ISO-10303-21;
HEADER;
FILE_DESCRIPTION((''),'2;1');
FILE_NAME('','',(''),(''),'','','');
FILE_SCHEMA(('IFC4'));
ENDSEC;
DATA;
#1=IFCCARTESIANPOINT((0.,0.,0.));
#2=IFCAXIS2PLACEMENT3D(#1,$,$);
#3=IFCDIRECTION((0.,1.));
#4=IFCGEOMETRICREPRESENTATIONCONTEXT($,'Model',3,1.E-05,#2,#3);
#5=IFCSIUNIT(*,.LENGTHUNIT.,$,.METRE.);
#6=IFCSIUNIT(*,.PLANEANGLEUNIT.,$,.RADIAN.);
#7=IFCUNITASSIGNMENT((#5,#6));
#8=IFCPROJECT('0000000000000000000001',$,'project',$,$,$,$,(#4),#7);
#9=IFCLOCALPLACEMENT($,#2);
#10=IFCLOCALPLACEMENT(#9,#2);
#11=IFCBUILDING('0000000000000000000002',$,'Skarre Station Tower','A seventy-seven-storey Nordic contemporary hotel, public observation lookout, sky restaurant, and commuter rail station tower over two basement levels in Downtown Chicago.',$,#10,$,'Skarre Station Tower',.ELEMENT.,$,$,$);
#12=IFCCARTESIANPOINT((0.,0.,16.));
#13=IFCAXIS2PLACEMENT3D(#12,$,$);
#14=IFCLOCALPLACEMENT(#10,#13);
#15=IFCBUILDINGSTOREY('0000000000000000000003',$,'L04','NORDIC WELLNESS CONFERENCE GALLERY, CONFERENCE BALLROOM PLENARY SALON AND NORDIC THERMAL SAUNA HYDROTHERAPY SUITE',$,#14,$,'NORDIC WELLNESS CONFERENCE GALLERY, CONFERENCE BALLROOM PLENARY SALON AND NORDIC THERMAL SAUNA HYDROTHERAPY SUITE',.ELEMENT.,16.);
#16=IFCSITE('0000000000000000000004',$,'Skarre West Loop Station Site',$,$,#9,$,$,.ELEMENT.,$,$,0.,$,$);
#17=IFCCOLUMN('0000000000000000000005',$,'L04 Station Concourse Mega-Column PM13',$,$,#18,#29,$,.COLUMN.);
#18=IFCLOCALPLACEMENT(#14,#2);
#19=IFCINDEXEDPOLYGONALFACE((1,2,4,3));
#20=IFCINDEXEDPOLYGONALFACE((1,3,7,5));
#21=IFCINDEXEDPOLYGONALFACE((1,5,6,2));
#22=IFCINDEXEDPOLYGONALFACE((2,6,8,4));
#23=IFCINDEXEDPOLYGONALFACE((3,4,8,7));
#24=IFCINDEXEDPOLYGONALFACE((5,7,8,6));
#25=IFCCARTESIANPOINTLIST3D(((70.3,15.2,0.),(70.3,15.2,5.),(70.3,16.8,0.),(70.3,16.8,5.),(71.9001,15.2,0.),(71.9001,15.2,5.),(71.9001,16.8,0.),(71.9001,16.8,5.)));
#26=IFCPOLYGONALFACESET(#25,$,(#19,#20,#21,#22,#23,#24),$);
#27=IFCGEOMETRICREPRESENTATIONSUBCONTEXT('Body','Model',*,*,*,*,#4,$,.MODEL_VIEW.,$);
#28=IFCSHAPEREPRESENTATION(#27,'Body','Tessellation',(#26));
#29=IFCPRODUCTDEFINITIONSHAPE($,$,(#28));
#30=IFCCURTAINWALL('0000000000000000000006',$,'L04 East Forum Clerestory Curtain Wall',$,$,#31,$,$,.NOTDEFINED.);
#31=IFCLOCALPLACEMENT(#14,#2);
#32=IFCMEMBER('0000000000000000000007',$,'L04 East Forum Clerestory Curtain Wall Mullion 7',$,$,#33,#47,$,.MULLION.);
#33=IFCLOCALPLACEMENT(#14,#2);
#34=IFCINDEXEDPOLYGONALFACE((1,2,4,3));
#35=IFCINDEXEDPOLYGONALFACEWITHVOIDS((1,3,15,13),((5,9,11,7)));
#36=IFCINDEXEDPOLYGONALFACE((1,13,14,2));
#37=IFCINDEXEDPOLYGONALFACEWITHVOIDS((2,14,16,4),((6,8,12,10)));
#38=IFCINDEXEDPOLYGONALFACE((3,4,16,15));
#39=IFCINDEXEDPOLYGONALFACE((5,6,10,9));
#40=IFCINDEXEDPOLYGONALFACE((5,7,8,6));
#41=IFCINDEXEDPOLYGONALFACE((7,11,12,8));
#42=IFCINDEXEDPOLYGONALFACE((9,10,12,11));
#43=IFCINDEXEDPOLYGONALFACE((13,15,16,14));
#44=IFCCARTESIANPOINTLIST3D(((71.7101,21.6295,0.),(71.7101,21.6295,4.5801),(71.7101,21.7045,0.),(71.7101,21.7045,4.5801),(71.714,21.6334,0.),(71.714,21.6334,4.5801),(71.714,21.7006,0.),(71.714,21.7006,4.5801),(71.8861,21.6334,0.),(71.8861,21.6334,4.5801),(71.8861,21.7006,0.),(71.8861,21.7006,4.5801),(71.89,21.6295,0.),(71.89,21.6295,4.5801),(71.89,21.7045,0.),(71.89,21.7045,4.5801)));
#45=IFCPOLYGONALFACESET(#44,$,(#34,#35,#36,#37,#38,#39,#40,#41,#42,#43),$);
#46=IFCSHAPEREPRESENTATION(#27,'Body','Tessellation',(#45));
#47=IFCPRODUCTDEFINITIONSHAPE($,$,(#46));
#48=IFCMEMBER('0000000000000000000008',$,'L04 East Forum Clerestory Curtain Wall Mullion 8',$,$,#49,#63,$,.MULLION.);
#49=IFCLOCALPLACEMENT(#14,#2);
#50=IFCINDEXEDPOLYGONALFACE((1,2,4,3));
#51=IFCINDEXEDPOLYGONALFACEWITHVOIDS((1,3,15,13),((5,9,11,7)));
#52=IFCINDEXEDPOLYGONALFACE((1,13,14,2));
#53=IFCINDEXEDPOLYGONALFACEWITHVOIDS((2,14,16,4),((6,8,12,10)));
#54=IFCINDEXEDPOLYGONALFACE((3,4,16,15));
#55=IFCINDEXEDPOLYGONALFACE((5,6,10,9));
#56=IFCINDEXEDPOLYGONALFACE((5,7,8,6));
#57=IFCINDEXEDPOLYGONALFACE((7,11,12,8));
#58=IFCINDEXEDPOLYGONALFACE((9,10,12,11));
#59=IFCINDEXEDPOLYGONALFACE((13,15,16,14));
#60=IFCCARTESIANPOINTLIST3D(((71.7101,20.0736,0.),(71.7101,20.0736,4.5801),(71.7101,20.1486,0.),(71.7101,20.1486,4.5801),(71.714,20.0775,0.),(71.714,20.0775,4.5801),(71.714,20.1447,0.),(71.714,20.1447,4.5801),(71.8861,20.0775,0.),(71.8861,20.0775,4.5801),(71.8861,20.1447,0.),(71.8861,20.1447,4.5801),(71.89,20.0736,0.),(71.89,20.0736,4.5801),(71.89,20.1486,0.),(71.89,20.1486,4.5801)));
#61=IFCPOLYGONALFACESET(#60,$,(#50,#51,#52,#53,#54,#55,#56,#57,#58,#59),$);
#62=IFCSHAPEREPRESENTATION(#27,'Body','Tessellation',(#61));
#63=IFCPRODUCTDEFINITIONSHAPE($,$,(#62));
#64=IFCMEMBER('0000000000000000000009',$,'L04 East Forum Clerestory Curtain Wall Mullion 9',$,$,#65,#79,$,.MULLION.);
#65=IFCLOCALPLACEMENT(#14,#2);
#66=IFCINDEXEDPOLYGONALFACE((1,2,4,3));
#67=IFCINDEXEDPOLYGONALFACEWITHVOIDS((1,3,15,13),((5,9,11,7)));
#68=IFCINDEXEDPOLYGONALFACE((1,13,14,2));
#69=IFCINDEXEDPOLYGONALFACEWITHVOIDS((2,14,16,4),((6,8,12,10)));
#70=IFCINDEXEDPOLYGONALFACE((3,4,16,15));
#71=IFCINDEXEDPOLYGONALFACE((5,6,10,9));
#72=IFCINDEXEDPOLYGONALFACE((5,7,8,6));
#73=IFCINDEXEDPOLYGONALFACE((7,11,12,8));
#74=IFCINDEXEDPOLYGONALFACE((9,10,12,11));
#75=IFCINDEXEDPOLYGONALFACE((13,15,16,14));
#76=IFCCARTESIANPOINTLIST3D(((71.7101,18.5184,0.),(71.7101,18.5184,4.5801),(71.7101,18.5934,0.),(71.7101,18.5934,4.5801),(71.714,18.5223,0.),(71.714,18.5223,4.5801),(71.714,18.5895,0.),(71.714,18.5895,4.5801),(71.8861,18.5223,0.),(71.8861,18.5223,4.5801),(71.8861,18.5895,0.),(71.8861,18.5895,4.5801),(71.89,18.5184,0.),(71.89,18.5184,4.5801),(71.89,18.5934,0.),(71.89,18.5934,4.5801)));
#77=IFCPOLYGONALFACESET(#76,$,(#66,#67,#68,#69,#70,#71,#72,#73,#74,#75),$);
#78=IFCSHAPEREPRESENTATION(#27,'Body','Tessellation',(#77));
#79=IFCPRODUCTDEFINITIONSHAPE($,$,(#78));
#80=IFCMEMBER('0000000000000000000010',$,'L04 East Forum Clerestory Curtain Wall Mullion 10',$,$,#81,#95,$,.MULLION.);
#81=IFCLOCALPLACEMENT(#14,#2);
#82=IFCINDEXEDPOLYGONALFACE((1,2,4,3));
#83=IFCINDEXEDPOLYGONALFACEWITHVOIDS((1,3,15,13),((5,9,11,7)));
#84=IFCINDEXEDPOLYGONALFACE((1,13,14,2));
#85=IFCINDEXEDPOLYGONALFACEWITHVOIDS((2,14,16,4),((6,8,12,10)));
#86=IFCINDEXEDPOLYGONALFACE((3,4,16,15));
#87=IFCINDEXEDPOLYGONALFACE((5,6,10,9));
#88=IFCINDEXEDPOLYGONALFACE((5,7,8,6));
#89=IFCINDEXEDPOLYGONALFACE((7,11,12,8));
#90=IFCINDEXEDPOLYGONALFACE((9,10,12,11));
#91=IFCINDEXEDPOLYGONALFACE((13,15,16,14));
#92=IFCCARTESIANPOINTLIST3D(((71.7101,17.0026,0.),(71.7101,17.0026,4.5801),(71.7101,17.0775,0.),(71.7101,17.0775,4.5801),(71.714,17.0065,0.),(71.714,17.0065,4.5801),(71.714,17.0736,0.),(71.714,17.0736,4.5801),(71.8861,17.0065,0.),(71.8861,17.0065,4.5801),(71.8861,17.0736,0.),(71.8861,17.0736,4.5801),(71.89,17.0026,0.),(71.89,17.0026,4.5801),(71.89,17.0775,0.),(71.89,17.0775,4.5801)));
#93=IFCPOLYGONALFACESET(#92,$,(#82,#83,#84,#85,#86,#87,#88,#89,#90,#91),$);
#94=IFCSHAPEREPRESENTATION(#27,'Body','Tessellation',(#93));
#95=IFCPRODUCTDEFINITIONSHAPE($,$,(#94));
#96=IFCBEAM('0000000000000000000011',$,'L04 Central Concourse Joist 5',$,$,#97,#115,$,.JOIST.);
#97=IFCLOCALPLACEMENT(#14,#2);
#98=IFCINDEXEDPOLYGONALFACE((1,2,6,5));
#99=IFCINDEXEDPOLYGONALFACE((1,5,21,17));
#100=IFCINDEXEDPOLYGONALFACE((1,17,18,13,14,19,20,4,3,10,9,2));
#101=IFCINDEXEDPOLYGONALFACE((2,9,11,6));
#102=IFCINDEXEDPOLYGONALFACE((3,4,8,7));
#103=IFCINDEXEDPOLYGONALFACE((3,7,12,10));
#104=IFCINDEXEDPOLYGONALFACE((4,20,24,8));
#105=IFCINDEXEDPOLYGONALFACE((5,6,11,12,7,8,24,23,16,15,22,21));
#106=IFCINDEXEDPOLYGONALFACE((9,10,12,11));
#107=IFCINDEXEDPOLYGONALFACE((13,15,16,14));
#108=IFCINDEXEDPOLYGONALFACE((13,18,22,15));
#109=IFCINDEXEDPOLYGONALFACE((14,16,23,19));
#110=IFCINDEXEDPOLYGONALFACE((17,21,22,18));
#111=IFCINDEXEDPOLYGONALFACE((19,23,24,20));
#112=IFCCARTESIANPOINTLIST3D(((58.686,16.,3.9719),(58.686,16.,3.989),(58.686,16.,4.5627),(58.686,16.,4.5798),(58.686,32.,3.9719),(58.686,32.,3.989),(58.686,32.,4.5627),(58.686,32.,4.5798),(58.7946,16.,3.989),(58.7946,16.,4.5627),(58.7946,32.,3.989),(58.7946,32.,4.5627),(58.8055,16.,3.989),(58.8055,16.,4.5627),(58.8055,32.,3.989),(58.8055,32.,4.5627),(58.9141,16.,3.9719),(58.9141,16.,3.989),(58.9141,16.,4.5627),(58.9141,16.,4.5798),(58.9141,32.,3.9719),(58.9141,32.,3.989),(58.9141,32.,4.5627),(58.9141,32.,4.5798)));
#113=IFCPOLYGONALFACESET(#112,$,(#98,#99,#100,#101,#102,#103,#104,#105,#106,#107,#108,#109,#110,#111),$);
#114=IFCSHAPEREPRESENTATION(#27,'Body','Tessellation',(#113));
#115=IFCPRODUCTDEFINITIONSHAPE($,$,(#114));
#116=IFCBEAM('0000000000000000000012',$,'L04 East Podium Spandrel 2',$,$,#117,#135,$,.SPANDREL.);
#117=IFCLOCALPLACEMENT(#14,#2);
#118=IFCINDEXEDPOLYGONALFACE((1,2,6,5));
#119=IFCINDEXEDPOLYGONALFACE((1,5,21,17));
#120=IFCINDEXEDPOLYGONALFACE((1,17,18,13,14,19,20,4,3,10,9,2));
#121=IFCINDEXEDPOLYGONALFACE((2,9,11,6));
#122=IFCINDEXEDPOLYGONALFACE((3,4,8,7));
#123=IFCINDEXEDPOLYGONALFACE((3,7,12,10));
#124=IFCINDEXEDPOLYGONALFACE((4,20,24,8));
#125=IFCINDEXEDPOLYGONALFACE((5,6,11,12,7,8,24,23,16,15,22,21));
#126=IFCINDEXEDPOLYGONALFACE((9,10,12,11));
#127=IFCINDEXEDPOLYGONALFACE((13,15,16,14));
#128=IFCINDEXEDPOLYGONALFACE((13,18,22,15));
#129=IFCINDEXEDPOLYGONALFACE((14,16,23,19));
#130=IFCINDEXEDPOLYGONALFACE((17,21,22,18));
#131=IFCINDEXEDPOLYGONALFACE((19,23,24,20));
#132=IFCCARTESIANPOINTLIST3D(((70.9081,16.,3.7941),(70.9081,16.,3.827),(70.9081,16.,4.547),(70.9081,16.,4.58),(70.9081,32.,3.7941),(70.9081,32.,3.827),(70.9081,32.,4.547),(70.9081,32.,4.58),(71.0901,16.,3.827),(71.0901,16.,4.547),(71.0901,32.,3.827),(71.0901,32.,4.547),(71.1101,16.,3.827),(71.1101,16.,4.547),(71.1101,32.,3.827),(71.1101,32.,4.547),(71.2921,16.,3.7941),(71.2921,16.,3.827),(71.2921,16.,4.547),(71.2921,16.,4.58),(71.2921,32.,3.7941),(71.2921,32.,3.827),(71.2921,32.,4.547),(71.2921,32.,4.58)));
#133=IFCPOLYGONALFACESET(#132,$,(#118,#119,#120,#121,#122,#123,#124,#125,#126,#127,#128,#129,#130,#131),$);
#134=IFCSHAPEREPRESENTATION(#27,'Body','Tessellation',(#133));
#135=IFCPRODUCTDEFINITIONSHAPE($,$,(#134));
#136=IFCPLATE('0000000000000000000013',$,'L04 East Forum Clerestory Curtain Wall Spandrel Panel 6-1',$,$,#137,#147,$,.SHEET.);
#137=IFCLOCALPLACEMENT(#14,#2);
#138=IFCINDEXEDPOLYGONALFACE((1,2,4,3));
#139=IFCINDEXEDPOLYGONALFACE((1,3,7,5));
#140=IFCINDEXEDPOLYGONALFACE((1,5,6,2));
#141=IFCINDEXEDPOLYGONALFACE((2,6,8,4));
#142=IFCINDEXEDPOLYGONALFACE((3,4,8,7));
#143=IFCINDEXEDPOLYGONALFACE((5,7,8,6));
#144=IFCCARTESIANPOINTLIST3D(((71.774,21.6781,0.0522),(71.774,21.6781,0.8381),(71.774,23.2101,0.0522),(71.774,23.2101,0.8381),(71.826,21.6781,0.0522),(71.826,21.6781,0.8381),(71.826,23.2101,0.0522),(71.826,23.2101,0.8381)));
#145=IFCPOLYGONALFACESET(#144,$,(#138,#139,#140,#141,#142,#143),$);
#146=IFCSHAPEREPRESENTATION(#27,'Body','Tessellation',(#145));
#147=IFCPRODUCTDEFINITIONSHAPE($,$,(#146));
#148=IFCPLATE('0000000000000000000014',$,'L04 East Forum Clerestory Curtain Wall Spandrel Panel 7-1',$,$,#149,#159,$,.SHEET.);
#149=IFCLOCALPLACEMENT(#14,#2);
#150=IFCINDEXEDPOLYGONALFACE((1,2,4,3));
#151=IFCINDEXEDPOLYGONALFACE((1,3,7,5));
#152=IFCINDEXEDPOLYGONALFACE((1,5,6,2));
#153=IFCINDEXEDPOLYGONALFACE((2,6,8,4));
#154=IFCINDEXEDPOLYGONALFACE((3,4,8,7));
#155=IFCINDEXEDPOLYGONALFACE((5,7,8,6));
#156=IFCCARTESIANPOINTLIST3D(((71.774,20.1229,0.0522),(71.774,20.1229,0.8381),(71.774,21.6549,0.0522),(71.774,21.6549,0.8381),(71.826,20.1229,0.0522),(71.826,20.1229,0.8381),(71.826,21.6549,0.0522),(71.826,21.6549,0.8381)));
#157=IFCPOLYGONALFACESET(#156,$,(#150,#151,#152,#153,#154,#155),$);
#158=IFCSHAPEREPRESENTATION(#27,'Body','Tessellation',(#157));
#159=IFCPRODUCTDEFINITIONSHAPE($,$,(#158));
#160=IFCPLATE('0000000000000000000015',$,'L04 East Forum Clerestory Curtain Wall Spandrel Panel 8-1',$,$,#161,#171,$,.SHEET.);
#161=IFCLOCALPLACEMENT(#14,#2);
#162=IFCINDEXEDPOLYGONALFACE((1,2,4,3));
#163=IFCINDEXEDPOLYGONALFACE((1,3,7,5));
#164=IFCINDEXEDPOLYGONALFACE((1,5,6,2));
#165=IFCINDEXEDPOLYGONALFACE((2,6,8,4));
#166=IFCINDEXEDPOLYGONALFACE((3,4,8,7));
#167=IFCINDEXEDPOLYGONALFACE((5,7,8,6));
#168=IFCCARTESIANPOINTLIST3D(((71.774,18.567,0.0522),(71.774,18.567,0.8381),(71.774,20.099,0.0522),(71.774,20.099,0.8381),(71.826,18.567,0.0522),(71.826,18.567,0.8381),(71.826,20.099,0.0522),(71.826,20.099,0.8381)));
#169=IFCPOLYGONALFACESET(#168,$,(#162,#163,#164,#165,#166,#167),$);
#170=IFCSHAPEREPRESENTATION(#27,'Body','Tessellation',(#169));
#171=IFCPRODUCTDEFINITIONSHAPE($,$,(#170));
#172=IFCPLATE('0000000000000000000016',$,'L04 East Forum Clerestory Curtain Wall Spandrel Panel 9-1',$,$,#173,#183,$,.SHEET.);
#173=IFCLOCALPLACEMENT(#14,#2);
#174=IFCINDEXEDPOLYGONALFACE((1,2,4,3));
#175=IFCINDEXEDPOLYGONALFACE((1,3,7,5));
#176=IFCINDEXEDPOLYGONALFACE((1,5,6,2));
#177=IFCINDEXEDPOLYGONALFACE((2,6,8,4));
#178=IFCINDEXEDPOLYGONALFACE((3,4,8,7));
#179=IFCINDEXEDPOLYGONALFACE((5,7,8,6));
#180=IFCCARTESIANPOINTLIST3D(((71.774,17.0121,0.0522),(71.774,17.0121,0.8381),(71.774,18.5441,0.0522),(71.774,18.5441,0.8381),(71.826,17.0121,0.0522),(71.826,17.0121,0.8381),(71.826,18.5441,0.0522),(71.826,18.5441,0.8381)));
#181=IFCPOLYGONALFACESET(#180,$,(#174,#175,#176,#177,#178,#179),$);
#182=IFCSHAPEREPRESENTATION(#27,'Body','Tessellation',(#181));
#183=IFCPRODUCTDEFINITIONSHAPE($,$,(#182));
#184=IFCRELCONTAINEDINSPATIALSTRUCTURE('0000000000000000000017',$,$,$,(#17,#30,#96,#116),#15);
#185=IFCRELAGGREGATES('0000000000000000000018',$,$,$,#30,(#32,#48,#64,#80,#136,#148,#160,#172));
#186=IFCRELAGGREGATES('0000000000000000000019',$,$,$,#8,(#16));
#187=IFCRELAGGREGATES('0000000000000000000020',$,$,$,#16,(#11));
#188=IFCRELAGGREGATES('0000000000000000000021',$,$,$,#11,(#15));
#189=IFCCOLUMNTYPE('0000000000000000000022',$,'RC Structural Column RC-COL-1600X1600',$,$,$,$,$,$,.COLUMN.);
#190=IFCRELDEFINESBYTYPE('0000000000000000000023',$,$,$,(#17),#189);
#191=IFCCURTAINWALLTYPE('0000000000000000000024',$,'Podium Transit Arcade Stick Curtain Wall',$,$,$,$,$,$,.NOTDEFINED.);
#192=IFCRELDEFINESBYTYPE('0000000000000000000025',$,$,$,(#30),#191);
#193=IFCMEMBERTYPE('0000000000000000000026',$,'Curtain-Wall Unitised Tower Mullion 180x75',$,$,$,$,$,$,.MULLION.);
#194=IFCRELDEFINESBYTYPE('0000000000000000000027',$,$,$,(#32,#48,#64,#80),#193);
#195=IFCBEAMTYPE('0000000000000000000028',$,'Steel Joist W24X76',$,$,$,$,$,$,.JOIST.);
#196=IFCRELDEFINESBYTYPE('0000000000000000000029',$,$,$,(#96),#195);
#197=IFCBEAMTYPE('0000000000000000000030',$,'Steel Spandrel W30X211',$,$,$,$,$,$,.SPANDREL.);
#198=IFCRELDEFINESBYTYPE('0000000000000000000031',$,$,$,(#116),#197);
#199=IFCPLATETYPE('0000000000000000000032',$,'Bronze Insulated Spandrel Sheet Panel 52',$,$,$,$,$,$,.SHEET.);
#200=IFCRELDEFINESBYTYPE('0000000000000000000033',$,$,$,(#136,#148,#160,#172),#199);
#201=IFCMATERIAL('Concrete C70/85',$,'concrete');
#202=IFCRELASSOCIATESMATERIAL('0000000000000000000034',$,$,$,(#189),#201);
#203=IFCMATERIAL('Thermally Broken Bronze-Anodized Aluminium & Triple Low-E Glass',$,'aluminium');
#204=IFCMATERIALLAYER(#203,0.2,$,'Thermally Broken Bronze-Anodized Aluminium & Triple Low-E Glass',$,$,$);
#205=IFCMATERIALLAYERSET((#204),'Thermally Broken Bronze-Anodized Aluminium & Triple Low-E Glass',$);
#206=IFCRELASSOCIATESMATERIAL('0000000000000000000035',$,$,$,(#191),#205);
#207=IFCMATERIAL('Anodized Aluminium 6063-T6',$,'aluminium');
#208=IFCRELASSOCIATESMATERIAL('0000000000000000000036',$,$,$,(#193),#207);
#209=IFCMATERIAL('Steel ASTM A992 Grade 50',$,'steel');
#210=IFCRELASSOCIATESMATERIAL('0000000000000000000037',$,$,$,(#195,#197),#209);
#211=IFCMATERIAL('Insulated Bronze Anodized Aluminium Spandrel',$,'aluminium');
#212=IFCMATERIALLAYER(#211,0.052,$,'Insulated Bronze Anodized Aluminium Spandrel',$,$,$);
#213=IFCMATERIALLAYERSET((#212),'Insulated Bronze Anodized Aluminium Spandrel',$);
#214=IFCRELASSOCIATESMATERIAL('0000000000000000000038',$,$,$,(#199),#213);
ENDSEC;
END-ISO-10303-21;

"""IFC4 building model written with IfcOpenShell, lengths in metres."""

from ifc_helpers import new_model, si_unit, direction, frame, origin, origin_2d, place, context, subcontext, project, spatial, rectangle, hollow_rectangle, i_section, extrude, material, layer, layer_set, material_profile, profile_set, type_object, element, aggregate, save


model = new_model("IFC4")

# Units and contexts
model_context = context("Model", 3, precision=1e-05, world=origin(), true_north=direction((0.0, 1.0)))
body_context = subcontext(model_context, "Body", "Model", "MODEL_VIEW")
ifc_project = project(units=[si_unit("LENGTHUNIT", "METRE"), si_unit("PLANEANGLEUNIT", "RADIAN")], contexts=[model_context])

# Site, building, storey
site_placement = place(None, origin())
site = spatial("IfcSite", under=ifc_project, at=site_placement, Name="Skarre West Loop Station Site", CompositionType="ELEMENT", RefElevation=0.0)
building_placement = place(site_placement, origin())
building = spatial("IfcBuilding", under=site, at=building_placement, Name="Skarre Station Tower", Description="A seventy-seven-storey Nordic contemporary hotel, public observation lookout, sky restaurant, and commuter rail station tower over two basement levels in Downtown Chicago.", LongName="Skarre Station Tower", CompositionType="ELEMENT")
storey_placement = place(building_placement, frame((0.0, 0.0, 16.0)))
storey = spatial("IfcBuildingStorey", under=building, at=storey_placement, Name="L04", Description="NORDIC WELLNESS CONFERENCE GALLERY, CONFERENCE BALLROOM PLENARY SALON AND NORDIC THERMAL SAUNA HYDROTHERAPY SUITE", LongName="NORDIC WELLNESS CONFERENCE GALLERY, CONFERENCE BALLROOM PLENARY SALON AND NORDIC THERMAL SAUNA HYDROTHERAPY SUITE", CompositionType="ELEMENT", Elevation=16.0)

# Column
ifc_material_1 = material(Name="Concrete C70/85", Category="concrete")
ifc_material_profile_1 = material_profile(ifc_material_1, rectangle(XDim=1.6001, YDim=1.6001, at=origin_2d()), Name="Concrete C70/85")
ifc_profile_set_1 = profile_set([ifc_material_profile_1], Name="Concrete C70/85")
column_type = type_object("IfcColumnType", Name="RC Structural Column RC-COL-1600X1600", PredefinedType="COLUMN", material=ifc_profile_set_1)
column_placement = place(storey_placement, frame((71.1001, 16.0, 0.0), z_axis=(0.0, 0.0, 1.0), x_axis=(1.0, 0.0, 0.0)))
element("IfcColumn", 1, at=column_placement, inside=storey, type_object=column_type, Name="L04 Station Concourse Mega-Column PM13", PredefinedType="COLUMN", context=body_context, shape_type="SweptSolid", body=[
    extrude(rectangle(XDim=1.6001, YDim=1.6001, at=origin_2d()), origin(), (0.0, 0.0, 1.0), 5.0),
])

# Curtain wall, members
ifc_material_2 = material(Name="Thermally Broken Bronze-Anodized Aluminium & Triple Low-E Glass", Category="aluminium")
ifc_layer_1 = layer(ifc_material_2, 0.2, Name="Thermally Broken Bronze-Anodized Aluminium & Triple Low-E Glass")
ifc_layer_set_1 = layer_set([ifc_layer_1], Name="Thermally Broken Bronze-Anodized Aluminium & Triple Low-E Glass")
curtain_wall_type = type_object("IfcCurtainWallType", Name="Podium Transit Arcade Stick Curtain Wall", PredefinedType="NOTDEFINED", material=ifc_layer_set_1)
curtain_wall_placement = place(storey_placement, origin())
curtain_wall = element("IfcCurtainWall", 2, at=curtain_wall_placement, inside=storey, type_object=curtain_wall_type, Name="L04 East Forum Clerestory Curtain Wall", PredefinedType="NOTDEFINED")
ifc_material_3 = material(Name="Anodized Aluminium 6063-T6", Category="aluminium")
ifc_material_profile_2 = material_profile(ifc_material_3, hollow_rectangle(XDim=0.075, YDim=0.1799, WallThickness=0.0039, at=origin_2d()), Name="Anodized Aluminium 6063-T6")
ifc_profile_set_2 = profile_set([ifc_material_profile_2], Name="Anodized Aluminium 6063-T6")
member_type = type_object("IfcMemberType", Name="Curtain-Wall Unitised Tower Mullion 180x75", PredefinedType="MULLION", material=ifc_profile_set_2)
member_1_placement = place(storey_placement, frame((71.8, 21.667, 0.0), z_axis=(0.0, 0.0, 1.0), x_axis=(0.0, -1.0, 0.0)))
member_1 = element("IfcMember", 3, at=member_1_placement, type_object=member_type, Name="L04 East Forum Clerestory Curtain Wall Mullion 7", PredefinedType="MULLION", context=body_context, shape_type="SweptSolid", body=[
    extrude(hollow_rectangle(XDim=0.075, YDim=0.1799, WallThickness=0.0039, at=origin_2d()), origin(), (0.0, 0.0, 1.0), 4.5801),
])
member_2_placement = place(storey_placement, frame((71.8, 20.1111, 0.0), z_axis=(0.0, 0.0, 1.0), x_axis=(0.0, -1.0, 0.0)))
member_2 = element("IfcMember", 4, at=member_2_placement, type_object=member_type, Name="L04 East Forum Clerestory Curtain Wall Mullion 8", PredefinedType="MULLION", context=body_context, shape_type="SweptSolid", body=[
    extrude(hollow_rectangle(XDim=0.075, YDim=0.1799, WallThickness=0.0039, at=origin_2d()), origin(), (0.0, 0.0, 1.0), 4.5801),
])
member_3_placement = place(storey_placement, frame((71.8, 18.5559, 0.0), z_axis=(0.0, 0.0, 1.0), x_axis=(0.0, -1.0, 0.0)))
member_3 = element("IfcMember", 5, at=member_3_placement, type_object=member_type, Name="L04 East Forum Clerestory Curtain Wall Mullion 9", PredefinedType="MULLION", context=body_context, shape_type="SweptSolid", body=[
    extrude(hollow_rectangle(XDim=0.075, YDim=0.1799, WallThickness=0.0039, at=origin_2d()), origin(), (0.0, 0.0, 1.0), 4.5801),
])
member_4_placement = place(storey_placement, frame((71.8, 17.04, 0.0), z_axis=(0.0, 0.0, 1.0), x_axis=(0.0, -1.0, 0.0)))
member_4 = element("IfcMember", 6, at=member_4_placement, type_object=member_type, Name="L04 East Forum Clerestory Curtain Wall Mullion 10", PredefinedType="MULLION", context=body_context, shape_type="SweptSolid", body=[
    extrude(hollow_rectangle(XDim=0.075, YDim=0.1799, WallThickness=0.0039, at=origin_2d()), origin(), (0.0, 0.0, 1.0), 4.5801),
])

# Beams
ifc_material_4 = material(Name="Steel ASTM A992 Grade 50", Category="steel")
ifc_material_profile_3 = material_profile(ifc_material_4, i_section(OverallWidth=0.228, OverallDepth=0.6079, WebThickness=0.011, FlangeThickness=0.0171, at=origin_2d()), Name="Steel ASTM A992 Grade 50")
ifc_profile_set_3 = profile_set([ifc_material_profile_3], Name="Steel ASTM A992 Grade 50")
beam_type_1 = type_object("IfcBeamType", Name="Steel Joist W24X76", PredefinedType="JOIST", material=ifc_profile_set_3)
beam_1_placement = place(storey_placement, frame((58.8, 16.0, 4.2759), z_axis=(0.0, 1.0, 0.0), x_axis=(-1.0, 0.0, 0.0)))
element("IfcBeam", 7, at=beam_1_placement, inside=storey, type_object=beam_type_1, Name="L04 Central Concourse Joist 5", PredefinedType="JOIST", context=body_context, shape_type="SweptSolid", body=[
    extrude(i_section(OverallWidth=0.228, OverallDepth=0.6079, WebThickness=0.011, FlangeThickness=0.0171, at=origin_2d()), origin(), (0.0, 0.0, 1.0), 16.0),
])
ifc_material_profile_4 = material_profile(ifc_material_4, i_section(OverallWidth=0.384, OverallDepth=0.7859, WebThickness=0.02, FlangeThickness=0.033, at=origin_2d()), Name="Steel ASTM A992 Grade 50")
ifc_profile_set_4 = profile_set([ifc_material_profile_4], Name="Steel ASTM A992 Grade 50")
beam_type_2 = type_object("IfcBeamType", Name="Steel Spandrel W30X211", PredefinedType="SPANDREL", material=ifc_profile_set_4)
beam_2_placement = place(storey_placement, frame((71.1001, 16.0, 4.187), z_axis=(0.0, 1.0, 0.0), x_axis=(-1.0, 0.0, 0.0)))
element("IfcBeam", 8, at=beam_2_placement, inside=storey, type_object=beam_type_2, Name="L04 East Podium Spandrel 2", PredefinedType="SPANDREL", context=body_context, shape_type="SweptSolid", body=[
    extrude(i_section(OverallWidth=0.384, OverallDepth=0.7859, WebThickness=0.02, FlangeThickness=0.033, at=origin_2d()), origin(), (0.0, 0.0, 1.0), 16.0),
])

# Plates
ifc_material_5 = material(Name="Insulated Bronze Anodized Aluminium Spandrel", Category="aluminium")
ifc_layer_2 = layer(ifc_material_5, 0.052, Name="Insulated Bronze Anodized Aluminium Spandrel")
ifc_layer_set_2 = layer_set([ifc_layer_2], Name="Insulated Bronze Anodized Aluminium Spandrel")
plate_type_1 = type_object("IfcPlateType", Name="Bronze Insulated Spandrel Sheet Panel 52", PredefinedType="SHEET", material=ifc_layer_set_2)
plate_1_placement = place(storey_placement, frame((71.8, 22.4441, 0.0522), z_axis=(0.0, 0.0, 1.0), x_axis=(0.0, -1.0, 0.0)))
plate_1 = element("IfcPlate", 9, at=plate_1_placement, type_object=plate_type_1, Name="L04 East Forum Clerestory Curtain Wall Spandrel Panel 6-1", PredefinedType="SHEET", context=body_context, shape_type="SweptSolid", body=[
    extrude(rectangle(XDim=1.532, YDim=0.052, at=origin_2d()), origin(), (0.0, 0.0, 1.0), 0.7859),
])
plate_2_placement = place(storey_placement, frame((71.8, 20.8889, 0.0522), z_axis=(0.0, 0.0, 1.0), x_axis=(0.0, -1.0, 0.0)))
plate_2 = element("IfcPlate", 10, at=plate_2_placement, type_object=plate_type_1, Name="L04 East Forum Clerestory Curtain Wall Spandrel Panel 7-1", PredefinedType="SHEET", context=body_context, shape_type="SweptSolid", body=[
    extrude(rectangle(XDim=1.532, YDim=0.052, at=origin_2d()), origin(), (0.0, 0.0, 1.0), 0.7859),
])
plate_3_placement = place(storey_placement, frame((71.8, 19.333, 0.0522), z_axis=(0.0, 0.0, 1.0), x_axis=(0.0, -1.0, 0.0)))
plate_3 = element("IfcPlate", 11, at=plate_3_placement, type_object=plate_type_1, Name="L04 East Forum Clerestory Curtain Wall Spandrel Panel 8-1", PredefinedType="SHEET", context=body_context, shape_type="SweptSolid", body=[
    extrude(rectangle(XDim=1.532, YDim=0.052, at=origin_2d()), origin(), (0.0, 0.0, 1.0), 0.7859),
])
plate_4_placement = place(storey_placement, frame((71.8, 17.7781, 0.0522), z_axis=(0.0, 0.0, 1.0), x_axis=(0.0, -1.0, 0.0)))
plate_4 = element("IfcPlate", 12, at=plate_4_placement, type_object=plate_type_1, Name="L04 East Forum Clerestory Curtain Wall Spandrel Panel 9-1", PredefinedType="SHEET", context=body_context, shape_type="SweptSolid", body=[
    extrude(rectangle(XDim=1.532, YDim=0.052, at=origin_2d()), origin(), (0.0, 0.0, 1.0), 0.7859),
])
aggregate(curtain_wall, [member_1, member_2, member_3, member_4, plate_1, plate_2, plate_3, plate_4])

save(model, "model.ifc")
